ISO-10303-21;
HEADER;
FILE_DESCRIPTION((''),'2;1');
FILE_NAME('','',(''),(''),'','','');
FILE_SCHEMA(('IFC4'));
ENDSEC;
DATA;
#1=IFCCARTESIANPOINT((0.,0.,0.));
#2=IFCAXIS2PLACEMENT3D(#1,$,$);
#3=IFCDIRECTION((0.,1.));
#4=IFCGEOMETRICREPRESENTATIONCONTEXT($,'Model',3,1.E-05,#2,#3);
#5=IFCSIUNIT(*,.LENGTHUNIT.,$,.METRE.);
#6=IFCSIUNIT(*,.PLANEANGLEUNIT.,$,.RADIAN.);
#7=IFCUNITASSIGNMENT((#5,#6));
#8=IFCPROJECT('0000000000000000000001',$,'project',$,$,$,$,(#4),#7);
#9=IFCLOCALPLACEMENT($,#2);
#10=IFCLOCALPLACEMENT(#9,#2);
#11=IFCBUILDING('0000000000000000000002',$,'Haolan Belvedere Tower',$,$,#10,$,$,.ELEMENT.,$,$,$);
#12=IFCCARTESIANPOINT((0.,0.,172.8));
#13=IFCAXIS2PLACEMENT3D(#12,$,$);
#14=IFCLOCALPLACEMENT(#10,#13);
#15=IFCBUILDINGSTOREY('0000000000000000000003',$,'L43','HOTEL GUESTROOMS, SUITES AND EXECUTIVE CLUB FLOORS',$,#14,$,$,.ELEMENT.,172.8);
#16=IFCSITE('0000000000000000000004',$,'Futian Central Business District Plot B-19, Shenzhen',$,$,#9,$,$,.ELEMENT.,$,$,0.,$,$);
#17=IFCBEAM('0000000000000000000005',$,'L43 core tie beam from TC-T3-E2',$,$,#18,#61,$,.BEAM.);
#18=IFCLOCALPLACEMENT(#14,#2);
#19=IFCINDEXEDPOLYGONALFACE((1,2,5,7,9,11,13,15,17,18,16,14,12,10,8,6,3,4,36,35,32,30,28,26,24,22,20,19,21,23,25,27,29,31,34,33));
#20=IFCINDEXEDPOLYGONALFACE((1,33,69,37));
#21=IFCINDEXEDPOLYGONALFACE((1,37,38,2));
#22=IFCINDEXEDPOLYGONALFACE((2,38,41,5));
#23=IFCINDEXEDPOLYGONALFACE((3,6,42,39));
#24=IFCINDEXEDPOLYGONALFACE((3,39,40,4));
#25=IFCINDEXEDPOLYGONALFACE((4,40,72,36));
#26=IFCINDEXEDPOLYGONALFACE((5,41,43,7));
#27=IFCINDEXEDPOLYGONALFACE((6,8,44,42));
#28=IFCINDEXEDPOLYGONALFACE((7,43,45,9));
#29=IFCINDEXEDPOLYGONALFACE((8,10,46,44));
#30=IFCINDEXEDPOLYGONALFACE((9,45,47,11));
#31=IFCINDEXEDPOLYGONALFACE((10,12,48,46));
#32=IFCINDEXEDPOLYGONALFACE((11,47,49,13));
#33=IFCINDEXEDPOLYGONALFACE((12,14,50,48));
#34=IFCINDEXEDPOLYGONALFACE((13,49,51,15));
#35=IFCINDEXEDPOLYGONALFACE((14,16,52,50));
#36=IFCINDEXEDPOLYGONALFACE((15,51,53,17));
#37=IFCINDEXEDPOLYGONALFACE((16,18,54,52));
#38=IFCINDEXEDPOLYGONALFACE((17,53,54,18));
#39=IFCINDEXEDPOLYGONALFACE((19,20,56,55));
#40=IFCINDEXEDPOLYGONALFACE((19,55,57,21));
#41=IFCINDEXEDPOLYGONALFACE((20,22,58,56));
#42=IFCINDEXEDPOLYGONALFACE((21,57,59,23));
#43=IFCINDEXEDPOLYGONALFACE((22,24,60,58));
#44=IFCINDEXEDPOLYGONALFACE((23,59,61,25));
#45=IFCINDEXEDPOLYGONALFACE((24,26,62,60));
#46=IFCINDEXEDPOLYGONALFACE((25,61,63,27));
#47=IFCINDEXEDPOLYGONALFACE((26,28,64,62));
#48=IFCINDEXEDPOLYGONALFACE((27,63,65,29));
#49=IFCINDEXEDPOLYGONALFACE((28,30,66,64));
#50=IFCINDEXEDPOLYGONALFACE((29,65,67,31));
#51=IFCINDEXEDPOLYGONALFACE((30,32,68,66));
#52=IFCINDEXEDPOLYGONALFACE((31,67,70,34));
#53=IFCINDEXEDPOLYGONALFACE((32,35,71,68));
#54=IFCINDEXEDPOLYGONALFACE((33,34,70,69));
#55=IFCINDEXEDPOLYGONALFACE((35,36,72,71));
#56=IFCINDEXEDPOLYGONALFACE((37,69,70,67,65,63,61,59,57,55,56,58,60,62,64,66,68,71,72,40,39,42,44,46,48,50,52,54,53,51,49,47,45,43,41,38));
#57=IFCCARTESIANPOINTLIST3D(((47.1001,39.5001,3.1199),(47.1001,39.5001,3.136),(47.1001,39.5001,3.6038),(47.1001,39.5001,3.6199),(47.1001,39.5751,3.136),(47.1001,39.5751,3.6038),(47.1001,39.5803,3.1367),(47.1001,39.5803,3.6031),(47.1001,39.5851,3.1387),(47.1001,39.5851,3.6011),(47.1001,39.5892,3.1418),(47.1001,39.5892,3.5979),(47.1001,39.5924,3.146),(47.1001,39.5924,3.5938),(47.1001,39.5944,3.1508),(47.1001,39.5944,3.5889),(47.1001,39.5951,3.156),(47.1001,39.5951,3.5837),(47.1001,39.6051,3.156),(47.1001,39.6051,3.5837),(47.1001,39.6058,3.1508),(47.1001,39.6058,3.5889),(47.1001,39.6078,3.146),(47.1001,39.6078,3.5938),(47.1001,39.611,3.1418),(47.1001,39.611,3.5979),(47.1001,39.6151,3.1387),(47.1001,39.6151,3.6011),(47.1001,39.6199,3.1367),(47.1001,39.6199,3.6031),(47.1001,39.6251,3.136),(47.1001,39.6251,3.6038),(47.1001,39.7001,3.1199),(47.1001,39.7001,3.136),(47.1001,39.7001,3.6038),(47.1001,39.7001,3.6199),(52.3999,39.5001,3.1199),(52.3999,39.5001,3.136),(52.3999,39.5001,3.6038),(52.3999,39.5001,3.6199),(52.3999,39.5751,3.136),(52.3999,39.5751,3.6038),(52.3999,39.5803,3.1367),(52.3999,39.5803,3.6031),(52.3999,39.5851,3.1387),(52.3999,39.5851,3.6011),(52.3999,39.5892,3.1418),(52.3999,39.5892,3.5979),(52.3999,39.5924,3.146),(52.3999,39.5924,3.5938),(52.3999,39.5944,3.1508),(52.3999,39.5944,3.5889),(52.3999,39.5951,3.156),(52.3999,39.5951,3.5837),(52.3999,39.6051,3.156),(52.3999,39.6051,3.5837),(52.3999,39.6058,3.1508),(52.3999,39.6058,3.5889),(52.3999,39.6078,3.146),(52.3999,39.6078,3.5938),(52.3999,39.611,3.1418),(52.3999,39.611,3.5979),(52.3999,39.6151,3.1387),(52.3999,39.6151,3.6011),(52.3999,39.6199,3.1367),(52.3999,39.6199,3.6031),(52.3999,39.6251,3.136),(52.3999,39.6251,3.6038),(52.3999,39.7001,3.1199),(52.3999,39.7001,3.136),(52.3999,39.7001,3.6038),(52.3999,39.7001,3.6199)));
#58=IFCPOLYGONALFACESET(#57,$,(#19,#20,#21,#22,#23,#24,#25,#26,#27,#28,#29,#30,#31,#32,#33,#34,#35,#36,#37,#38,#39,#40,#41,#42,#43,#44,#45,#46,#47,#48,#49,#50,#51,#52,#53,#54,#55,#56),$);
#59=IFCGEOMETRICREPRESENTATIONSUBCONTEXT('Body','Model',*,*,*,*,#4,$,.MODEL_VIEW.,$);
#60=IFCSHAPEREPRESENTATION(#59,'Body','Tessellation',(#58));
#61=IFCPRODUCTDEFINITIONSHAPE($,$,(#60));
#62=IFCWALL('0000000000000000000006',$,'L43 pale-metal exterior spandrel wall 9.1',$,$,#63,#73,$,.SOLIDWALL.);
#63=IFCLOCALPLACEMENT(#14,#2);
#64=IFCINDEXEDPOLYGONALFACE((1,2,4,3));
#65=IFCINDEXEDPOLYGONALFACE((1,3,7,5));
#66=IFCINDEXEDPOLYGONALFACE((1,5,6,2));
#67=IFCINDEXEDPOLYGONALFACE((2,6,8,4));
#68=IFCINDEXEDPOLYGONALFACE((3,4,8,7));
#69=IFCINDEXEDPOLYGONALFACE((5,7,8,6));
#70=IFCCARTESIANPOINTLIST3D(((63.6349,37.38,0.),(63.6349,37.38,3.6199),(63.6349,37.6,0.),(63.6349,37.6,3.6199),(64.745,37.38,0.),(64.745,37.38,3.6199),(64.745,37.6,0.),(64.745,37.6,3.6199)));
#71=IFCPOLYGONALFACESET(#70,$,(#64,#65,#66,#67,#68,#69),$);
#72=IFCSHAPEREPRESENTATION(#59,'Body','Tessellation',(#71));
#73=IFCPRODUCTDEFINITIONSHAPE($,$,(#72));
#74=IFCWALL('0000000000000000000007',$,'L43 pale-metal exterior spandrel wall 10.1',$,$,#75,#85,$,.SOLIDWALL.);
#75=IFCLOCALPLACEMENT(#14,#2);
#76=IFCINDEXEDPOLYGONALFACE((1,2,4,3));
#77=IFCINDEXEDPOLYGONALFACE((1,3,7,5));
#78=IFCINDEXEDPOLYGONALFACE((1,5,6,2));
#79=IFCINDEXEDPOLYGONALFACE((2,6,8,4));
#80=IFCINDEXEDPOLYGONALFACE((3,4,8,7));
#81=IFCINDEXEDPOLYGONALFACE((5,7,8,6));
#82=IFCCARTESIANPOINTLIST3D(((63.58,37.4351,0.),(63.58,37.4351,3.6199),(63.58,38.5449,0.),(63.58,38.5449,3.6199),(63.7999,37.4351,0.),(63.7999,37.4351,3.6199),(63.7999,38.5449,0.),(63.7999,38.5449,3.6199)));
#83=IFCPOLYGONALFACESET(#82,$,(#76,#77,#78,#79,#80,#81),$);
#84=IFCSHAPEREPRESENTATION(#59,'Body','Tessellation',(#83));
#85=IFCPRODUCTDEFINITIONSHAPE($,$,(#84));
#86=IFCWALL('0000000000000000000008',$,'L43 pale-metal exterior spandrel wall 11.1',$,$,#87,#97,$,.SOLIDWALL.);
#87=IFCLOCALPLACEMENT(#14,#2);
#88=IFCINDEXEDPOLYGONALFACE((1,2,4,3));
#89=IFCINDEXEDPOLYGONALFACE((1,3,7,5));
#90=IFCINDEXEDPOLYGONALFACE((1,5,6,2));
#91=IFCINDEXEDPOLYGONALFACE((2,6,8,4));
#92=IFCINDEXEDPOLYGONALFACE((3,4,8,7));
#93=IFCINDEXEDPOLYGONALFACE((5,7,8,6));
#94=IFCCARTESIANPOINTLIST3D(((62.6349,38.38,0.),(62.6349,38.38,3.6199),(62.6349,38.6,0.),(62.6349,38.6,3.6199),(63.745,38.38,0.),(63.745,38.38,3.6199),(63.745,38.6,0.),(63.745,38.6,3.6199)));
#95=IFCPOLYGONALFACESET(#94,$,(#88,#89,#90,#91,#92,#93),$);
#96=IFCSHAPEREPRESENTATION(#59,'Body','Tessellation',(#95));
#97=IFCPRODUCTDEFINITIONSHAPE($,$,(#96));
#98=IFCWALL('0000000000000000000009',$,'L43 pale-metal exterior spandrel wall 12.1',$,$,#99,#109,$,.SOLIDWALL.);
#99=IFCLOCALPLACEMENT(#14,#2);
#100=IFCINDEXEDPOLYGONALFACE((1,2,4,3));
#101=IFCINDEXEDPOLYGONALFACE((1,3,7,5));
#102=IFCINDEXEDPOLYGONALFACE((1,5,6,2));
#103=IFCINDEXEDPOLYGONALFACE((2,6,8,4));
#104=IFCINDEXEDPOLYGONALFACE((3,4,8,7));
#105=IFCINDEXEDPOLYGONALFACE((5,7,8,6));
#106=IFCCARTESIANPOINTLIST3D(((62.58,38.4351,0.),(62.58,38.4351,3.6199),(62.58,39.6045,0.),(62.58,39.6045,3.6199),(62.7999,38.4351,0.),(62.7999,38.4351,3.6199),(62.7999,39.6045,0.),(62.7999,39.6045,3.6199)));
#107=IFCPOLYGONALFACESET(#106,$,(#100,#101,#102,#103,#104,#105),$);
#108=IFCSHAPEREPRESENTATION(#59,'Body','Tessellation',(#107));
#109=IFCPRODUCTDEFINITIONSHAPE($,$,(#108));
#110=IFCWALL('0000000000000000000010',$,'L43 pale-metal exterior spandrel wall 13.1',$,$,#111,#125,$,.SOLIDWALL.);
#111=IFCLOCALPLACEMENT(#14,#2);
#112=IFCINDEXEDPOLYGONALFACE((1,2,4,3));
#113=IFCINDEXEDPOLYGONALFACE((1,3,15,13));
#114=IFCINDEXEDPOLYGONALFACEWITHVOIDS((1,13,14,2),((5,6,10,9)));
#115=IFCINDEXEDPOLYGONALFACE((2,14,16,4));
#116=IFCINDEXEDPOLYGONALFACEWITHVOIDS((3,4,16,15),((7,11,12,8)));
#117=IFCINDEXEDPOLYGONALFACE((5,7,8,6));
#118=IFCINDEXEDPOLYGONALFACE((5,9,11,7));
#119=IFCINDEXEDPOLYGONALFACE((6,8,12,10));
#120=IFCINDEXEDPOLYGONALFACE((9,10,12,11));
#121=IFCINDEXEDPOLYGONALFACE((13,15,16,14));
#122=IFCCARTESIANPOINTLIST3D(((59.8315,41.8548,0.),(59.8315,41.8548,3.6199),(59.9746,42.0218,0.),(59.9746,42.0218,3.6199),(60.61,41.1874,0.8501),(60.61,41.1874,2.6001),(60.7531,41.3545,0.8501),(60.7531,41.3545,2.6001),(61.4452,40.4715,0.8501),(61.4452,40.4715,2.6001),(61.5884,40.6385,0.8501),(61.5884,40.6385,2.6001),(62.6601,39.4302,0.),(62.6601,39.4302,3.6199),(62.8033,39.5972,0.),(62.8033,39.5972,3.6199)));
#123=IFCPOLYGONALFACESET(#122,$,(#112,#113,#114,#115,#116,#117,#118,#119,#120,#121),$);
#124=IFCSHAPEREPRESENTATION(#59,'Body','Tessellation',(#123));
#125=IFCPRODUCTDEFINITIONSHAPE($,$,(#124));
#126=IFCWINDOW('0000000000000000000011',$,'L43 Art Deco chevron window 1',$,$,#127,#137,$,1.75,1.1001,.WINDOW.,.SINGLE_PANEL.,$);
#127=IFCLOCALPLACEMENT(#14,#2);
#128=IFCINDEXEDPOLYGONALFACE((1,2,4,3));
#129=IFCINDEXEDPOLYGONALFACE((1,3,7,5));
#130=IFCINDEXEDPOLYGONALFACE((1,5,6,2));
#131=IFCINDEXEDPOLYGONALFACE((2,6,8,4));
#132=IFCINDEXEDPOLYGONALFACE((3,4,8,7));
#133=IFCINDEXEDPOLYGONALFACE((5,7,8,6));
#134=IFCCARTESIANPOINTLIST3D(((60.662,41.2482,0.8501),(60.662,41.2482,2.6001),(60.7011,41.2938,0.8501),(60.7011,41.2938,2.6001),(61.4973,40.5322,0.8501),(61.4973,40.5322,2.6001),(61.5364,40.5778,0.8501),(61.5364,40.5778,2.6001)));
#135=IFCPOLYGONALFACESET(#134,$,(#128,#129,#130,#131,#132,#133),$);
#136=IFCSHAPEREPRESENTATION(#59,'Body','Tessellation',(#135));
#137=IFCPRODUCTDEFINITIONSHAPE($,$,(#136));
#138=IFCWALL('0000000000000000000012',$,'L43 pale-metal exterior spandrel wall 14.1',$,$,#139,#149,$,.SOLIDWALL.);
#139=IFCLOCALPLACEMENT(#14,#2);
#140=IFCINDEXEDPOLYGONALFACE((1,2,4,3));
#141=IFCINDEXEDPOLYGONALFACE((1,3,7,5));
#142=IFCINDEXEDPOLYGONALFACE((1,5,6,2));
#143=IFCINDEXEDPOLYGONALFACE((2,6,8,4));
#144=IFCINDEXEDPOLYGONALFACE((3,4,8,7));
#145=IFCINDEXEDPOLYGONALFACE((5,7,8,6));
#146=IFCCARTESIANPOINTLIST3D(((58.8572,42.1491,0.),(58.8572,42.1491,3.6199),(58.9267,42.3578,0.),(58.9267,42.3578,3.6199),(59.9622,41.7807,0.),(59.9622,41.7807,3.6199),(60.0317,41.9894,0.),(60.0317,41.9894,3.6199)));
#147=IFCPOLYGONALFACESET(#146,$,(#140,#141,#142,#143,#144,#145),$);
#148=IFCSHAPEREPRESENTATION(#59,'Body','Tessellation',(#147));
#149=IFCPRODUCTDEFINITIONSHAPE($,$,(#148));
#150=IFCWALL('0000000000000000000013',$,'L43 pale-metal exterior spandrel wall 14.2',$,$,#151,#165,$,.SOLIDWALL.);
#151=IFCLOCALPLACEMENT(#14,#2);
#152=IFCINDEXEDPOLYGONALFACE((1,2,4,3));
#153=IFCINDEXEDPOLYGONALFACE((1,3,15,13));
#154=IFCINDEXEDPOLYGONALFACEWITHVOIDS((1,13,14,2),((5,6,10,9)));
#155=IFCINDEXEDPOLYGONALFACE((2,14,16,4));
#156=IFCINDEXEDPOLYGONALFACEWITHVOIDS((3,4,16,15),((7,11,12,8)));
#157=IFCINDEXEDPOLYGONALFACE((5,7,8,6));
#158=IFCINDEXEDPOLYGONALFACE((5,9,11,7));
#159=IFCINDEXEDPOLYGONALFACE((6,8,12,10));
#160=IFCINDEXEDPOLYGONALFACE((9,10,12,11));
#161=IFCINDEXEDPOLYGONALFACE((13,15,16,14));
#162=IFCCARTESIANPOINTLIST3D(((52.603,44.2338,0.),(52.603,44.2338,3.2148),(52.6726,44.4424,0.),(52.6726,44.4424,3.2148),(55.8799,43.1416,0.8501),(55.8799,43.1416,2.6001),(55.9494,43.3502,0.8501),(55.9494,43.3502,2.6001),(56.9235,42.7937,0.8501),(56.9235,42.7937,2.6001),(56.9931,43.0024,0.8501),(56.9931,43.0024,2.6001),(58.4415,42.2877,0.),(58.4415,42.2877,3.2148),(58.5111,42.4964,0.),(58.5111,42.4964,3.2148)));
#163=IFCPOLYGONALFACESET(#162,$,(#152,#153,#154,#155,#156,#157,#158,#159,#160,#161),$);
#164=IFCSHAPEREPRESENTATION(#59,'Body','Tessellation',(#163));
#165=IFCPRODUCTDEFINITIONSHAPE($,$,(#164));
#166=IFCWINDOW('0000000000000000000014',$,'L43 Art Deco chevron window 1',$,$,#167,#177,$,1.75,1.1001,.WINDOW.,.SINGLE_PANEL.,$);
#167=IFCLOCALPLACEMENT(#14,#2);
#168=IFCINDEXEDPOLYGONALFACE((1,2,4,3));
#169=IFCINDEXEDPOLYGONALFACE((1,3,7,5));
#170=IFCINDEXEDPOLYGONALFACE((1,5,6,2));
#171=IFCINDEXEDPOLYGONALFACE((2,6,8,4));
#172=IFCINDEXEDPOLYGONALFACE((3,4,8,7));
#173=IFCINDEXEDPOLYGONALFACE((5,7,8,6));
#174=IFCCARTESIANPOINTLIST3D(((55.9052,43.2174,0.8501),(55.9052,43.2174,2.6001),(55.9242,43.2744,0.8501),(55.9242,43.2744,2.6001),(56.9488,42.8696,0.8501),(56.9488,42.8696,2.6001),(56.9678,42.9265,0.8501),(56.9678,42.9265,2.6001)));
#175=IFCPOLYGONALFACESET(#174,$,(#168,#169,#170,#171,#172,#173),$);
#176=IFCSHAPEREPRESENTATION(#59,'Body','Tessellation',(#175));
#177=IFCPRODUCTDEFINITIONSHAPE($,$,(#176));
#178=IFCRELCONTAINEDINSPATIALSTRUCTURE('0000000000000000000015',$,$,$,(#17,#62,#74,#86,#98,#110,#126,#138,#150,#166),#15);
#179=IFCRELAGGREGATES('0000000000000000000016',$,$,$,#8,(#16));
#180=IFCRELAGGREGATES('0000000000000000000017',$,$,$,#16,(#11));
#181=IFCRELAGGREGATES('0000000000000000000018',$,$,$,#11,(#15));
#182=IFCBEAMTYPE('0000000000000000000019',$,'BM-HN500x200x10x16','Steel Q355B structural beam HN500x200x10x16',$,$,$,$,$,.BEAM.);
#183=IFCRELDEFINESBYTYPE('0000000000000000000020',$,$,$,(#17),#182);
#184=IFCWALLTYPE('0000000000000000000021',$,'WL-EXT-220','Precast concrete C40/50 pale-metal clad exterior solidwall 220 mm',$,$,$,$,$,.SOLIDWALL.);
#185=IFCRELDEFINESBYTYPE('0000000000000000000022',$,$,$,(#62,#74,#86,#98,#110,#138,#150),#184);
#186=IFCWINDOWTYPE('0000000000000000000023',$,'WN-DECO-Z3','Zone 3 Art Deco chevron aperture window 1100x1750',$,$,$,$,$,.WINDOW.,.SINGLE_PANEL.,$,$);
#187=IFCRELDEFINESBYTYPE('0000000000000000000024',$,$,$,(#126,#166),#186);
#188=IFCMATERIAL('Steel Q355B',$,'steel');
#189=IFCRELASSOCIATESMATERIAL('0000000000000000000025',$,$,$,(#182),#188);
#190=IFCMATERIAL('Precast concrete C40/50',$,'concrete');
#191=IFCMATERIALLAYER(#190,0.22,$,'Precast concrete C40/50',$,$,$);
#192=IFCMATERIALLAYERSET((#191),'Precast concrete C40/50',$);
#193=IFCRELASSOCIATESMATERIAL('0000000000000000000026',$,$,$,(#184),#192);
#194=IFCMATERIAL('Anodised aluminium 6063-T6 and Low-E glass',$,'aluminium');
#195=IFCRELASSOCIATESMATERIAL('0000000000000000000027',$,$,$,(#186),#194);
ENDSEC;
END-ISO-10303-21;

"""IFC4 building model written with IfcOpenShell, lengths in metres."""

from ifc_helpers import new_model, si_unit, direction, frame, frame_2d, origin, origin_2d, place, context, subcontext, project, spatial, rectangle, i_section, extrude, material, layer, layer_set, material_profile, profile_set, type_object, element, fill, save


model = new_model("IFC4")

# Units and contexts
model_context = context("Model", 3, precision=1e-05, world=origin(), true_north=direction((0.0, 1.0)))
body_context = subcontext(model_context, "Body", "Model", "MODEL_VIEW")
ifc_project = project(units=[si_unit("LENGTHUNIT", "METRE"), si_unit("PLANEANGLEUNIT", "RADIAN")], contexts=[model_context])

# Site, building, storey
site_placement = place(None, origin())
site = spatial("IfcSite", under=ifc_project, at=site_placement, Name="Futian Central Business District Plot B-19, Shenzhen", CompositionType="ELEMENT", RefElevation=0.0)
building_placement = place(site_placement, origin())
building = spatial("IfcBuilding", under=site, at=building_placement, Name="Haolan Belvedere Tower", CompositionType="ELEMENT")
storey_placement = place(building_placement, frame((0.0, 0.0, 172.8)))
storey = spatial("IfcBuildingStorey", under=building, at=storey_placement, Name="L43", Description="HOTEL GUESTROOMS, SUITES AND EXECUTIVE CLUB FLOORS", CompositionType="ELEMENT", Elevation=172.8)

# Beam
ifc_material_1 = material(Name="Steel Q355B", Category="steel")
ifc_material_profile_1 = material_profile(ifc_material_1, i_section(OverallWidth=0.2, OverallDepth=0.5, WebThickness=0.01, FlangeThickness=0.0161, FilletRadius=0.02, at=origin_2d()), Name="Steel Q355B")
ifc_profile_set_1 = profile_set([ifc_material_profile_1], Name="Steel Q355B")
beam_type_1 = type_object("IfcBeamType", Name="BM-HN500x200x10x16", Description="Steel Q355B structural beam HN500x200x10x16", PredefinedType="BEAM", material=ifc_profile_set_1)
beam_1_placement = place(storey_placement, frame((52.3999, 39.6001, 3.3699), z_axis=(-1.0, 0.0, 0.0), x_axis=(0.0, -1.0, 0.0)))
element("IfcBeam", 1, at=beam_1_placement, inside=storey, type_object=beam_type_1, Name="L43 core tie beam from TC-T3-E2", PredefinedType="BEAM", context=body_context, shape_type="SweptSolid", body=[
    extrude(i_section(OverallWidth=0.2, OverallDepth=0.5, WebThickness=0.01, FlangeThickness=0.0161, FilletRadius=0.02, at=origin_2d()), origin(), (0.0, 0.0, 1.0), 5.2998),
])

# Walls
ifc_material_2 = material(Name="Precast concrete C40/50", Category="concrete")
ifc_layer_1 = layer(ifc_material_2, 0.22, Name="Precast concrete C40/50")
ifc_layer_set_1 = layer_set([ifc_layer_1], Name="Precast concrete C40/50")
wall_type_1 = type_object("IfcWallType", Name="WL-EXT-220", Description="Precast concrete C40/50 pale-metal clad exterior solidwall 220 mm", PredefinedType="SOLIDWALL", material=ifc_layer_set_1)
wall_1_placement = place(storey_placement, frame((64.7451, 37.49, 0.0), z_axis=(0.0, 0.0, 1.0), x_axis=(-1.0, 0.0, 0.0)))
element("IfcWall", 2, at=wall_1_placement, inside=storey, type_object=wall_type_1, Name="L43 pale-metal exterior spandrel wall 9.1", PredefinedType="SOLIDWALL", context=body_context, shape_type="SweptSolid", body=[
    extrude(rectangle(XDim=1.1101, YDim=0.22, at=frame_2d((0.5552, 0.0))), origin(), (0.0, 0.0, 1.0), 3.6199),
])
wall_2_placement = place(storey_placement, frame((63.6899, 37.4351, 0.0), z_axis=(0.0, 0.0, 1.0), x_axis=(0.0, 1.0, 0.0)))
element("IfcWall", 3, at=wall_2_placement, inside=storey, type_object=wall_type_1, Name="L43 pale-metal exterior spandrel wall 10.1", PredefinedType="SOLIDWALL", context=body_context, shape_type="SweptSolid", body=[
    extrude(rectangle(XDim=1.1099, YDim=0.22, at=frame_2d((0.5549, 0.0))), origin(), (0.0, 0.0, 1.0), 3.6199),
])
wall_3_placement = place(storey_placement, frame((63.7451, 38.49, 0.0), z_axis=(0.0, 0.0, 1.0), x_axis=(-1.0, 0.0, 0.0)))
element("IfcWall", 4, at=wall_3_placement, inside=storey, type_object=wall_type_1, Name="L43 pale-metal exterior spandrel wall 11.1", PredefinedType="SOLIDWALL", context=body_context, shape_type="SweptSolid", body=[
    extrude(rectangle(XDim=1.1101, YDim=0.22, at=frame_2d((0.5552, 0.0))), origin(), (0.0, 0.0, 1.0), 3.6199),
])
wall_4_placement = place(storey_placement, frame((62.6899, 38.4351, 0.0), z_axis=(0.0, 0.0, 1.0), x_axis=(0.0, 1.0, 0.0)))
element("IfcWall", 5, at=wall_4_placement, inside=storey, type_object=wall_type_1, Name="L43 pale-metal exterior spandrel wall 12.1", PredefinedType="SOLIDWALL", context=body_context, shape_type="SweptSolid", body=[
    extrude(rectangle(XDim=1.1694, YDim=0.22, at=frame_2d((0.5847, 0.0))), origin(), (0.0, 0.0, 1.0), 3.6199),
])

# Wall, opening, window
wall_5_placement = place(storey_placement, frame((62.7317, 39.5137, 0.0), z_axis=(0.0, 0.0, 1.0), x_axis=(-0.759252, 0.650797, 0.0)))
wall_5 = element("IfcWall", 6, at=wall_5_placement, inside=storey, type_object=wall_type_1, Name="L43 pale-metal exterior spandrel wall 13.1", PredefinedType="SOLIDWALL", context=body_context, shape_type="SweptSolid", body=[
    extrude(rectangle(XDim=3.7256, YDim=0.22, at=frame_2d((1.8628, 0.0))), origin(), (0.0, 0.0, 1.0), 3.6199),
])
opening_1_placement = place(wall_5_placement, frame((1.6001, 0.0, 0.8501)))
opening_1 = element("IfcOpeningElement", 7, at=opening_1_placement, cuts=wall_5, PredefinedType="OPENING", context=body_context, shape_type="SweptSolid", body=[
    extrude(rectangle(XDim=1.1001, YDim=1.75, at=frame_2d((0.55, 0.875))), frame((0.0, 0.1199, 0.0), z_axis=(0.0, -1.0, 0.0), x_axis=(1.0, 0.0, 0.0)), (0.0, 0.0, 1.0), 0.24),
])
ifc_material_3 = material(Name="Anodised aluminium 6063-T6 and Low-E glass", Category="aluminium")
window_type = type_object("IfcWindowType", Name="WN-DECO-Z3", Description="Zone 3 Art Deco chevron aperture window 1100x1750", PartitioningType="SINGLE_PANEL", PredefinedType="WINDOW", material=ifc_material_3)
window_1_placement = place(opening_1_placement, origin())
window_1 = element("IfcWindow", 8, at=window_1_placement, inside=storey, type_object=window_type, Name="L43 Art Deco chevron window 1", OverallHeight=1.75, OverallWidth=1.1001, PartitioningType="SINGLE_PANEL", PredefinedType="WINDOW", context=body_context, shape_type="SweptSolid", body=[
    extrude(rectangle(XDim=1.1001, YDim=1.75, at=frame_2d((0.55, 0.875))), frame((0.0, 0.03, 0.0), z_axis=(0.0, -1.0, 0.0), x_axis=(1.0, 0.0, 0.0)), (0.0, 0.0, 1.0), 0.0601),
])
fill(opening_1, window_1)

# Wall
wall_6_placement = place(storey_placement, frame((59.9971, 41.885, 0.0), z_axis=(0.0, 0.0, 1.0), x_axis=(-0.948662, 0.316291, 0.0)))
element("IfcWall", 9, at=wall_6_placement, inside=storey, type_object=wall_type_1, Name="L43 pale-metal exterior spandrel wall 14.1", PredefinedType="SOLIDWALL", context=body_context, shape_type="SweptSolid", body=[
    extrude(rectangle(XDim=1.1648, YDim=0.22, at=frame_2d((0.5825, 0.0))), origin(), (0.0, 0.0, 1.0), 3.6199),
])

# Wall, opening, window
wall_7_placement = place(storey_placement, frame((58.4763, 42.3921, 0.0), z_axis=(0.0, 0.0, 1.0), x_axis=(-0.948691, 0.316204, 0.0)))
wall_7 = element("IfcWall", 10, at=wall_7_placement, inside=storey, type_object=wall_type_1, Name="L43 pale-metal exterior spandrel wall 14.2", PredefinedType="SOLIDWALL", context=body_context, shape_type="SweptSolid", body=[
    extrude(rectangle(XDim=6.1543, YDim=0.22, at=frame_2d((3.0771, 0.0))), origin(), (0.0, 0.0, 1.0), 3.2148),
])
opening_2_placement = place(wall_7_placement, frame((1.6001, 0.0, 0.8501)))
opening_2 = element("IfcOpeningElement", 11, at=opening_2_placement, cuts=wall_7, PredefinedType="OPENING", context=body_context, shape_type="SweptSolid", body=[
    extrude(rectangle(XDim=1.1001, YDim=1.75, at=frame_2d((0.55, 0.875))), frame((0.0, 0.1199, 0.0), z_axis=(0.0, -1.0, 0.0), x_axis=(1.0, 0.0, 0.0)), (0.0, 0.0, 1.0), 0.24),
])
window_2_placement = place(opening_2_placement, origin())
window_2 = element("IfcWindow", 12, at=window_2_placement, inside=storey, type_object=window_type, Name="L43 Art Deco chevron window 1", OverallHeight=1.75, OverallWidth=1.1001, PartitioningType="SINGLE_PANEL", PredefinedType="WINDOW", context=body_context, shape_type="SweptSolid", body=[
    extrude(rectangle(XDim=1.1001, YDim=1.75, at=frame_2d((0.55, 0.875))), frame((0.0, 0.03, 0.0), z_axis=(0.0, -1.0, 0.0), x_axis=(1.0, 0.0, 0.0)), (0.0, 0.0, 1.0), 0.0601),
])
fill(opening_2, window_2)

save(model, "model.ifc")
